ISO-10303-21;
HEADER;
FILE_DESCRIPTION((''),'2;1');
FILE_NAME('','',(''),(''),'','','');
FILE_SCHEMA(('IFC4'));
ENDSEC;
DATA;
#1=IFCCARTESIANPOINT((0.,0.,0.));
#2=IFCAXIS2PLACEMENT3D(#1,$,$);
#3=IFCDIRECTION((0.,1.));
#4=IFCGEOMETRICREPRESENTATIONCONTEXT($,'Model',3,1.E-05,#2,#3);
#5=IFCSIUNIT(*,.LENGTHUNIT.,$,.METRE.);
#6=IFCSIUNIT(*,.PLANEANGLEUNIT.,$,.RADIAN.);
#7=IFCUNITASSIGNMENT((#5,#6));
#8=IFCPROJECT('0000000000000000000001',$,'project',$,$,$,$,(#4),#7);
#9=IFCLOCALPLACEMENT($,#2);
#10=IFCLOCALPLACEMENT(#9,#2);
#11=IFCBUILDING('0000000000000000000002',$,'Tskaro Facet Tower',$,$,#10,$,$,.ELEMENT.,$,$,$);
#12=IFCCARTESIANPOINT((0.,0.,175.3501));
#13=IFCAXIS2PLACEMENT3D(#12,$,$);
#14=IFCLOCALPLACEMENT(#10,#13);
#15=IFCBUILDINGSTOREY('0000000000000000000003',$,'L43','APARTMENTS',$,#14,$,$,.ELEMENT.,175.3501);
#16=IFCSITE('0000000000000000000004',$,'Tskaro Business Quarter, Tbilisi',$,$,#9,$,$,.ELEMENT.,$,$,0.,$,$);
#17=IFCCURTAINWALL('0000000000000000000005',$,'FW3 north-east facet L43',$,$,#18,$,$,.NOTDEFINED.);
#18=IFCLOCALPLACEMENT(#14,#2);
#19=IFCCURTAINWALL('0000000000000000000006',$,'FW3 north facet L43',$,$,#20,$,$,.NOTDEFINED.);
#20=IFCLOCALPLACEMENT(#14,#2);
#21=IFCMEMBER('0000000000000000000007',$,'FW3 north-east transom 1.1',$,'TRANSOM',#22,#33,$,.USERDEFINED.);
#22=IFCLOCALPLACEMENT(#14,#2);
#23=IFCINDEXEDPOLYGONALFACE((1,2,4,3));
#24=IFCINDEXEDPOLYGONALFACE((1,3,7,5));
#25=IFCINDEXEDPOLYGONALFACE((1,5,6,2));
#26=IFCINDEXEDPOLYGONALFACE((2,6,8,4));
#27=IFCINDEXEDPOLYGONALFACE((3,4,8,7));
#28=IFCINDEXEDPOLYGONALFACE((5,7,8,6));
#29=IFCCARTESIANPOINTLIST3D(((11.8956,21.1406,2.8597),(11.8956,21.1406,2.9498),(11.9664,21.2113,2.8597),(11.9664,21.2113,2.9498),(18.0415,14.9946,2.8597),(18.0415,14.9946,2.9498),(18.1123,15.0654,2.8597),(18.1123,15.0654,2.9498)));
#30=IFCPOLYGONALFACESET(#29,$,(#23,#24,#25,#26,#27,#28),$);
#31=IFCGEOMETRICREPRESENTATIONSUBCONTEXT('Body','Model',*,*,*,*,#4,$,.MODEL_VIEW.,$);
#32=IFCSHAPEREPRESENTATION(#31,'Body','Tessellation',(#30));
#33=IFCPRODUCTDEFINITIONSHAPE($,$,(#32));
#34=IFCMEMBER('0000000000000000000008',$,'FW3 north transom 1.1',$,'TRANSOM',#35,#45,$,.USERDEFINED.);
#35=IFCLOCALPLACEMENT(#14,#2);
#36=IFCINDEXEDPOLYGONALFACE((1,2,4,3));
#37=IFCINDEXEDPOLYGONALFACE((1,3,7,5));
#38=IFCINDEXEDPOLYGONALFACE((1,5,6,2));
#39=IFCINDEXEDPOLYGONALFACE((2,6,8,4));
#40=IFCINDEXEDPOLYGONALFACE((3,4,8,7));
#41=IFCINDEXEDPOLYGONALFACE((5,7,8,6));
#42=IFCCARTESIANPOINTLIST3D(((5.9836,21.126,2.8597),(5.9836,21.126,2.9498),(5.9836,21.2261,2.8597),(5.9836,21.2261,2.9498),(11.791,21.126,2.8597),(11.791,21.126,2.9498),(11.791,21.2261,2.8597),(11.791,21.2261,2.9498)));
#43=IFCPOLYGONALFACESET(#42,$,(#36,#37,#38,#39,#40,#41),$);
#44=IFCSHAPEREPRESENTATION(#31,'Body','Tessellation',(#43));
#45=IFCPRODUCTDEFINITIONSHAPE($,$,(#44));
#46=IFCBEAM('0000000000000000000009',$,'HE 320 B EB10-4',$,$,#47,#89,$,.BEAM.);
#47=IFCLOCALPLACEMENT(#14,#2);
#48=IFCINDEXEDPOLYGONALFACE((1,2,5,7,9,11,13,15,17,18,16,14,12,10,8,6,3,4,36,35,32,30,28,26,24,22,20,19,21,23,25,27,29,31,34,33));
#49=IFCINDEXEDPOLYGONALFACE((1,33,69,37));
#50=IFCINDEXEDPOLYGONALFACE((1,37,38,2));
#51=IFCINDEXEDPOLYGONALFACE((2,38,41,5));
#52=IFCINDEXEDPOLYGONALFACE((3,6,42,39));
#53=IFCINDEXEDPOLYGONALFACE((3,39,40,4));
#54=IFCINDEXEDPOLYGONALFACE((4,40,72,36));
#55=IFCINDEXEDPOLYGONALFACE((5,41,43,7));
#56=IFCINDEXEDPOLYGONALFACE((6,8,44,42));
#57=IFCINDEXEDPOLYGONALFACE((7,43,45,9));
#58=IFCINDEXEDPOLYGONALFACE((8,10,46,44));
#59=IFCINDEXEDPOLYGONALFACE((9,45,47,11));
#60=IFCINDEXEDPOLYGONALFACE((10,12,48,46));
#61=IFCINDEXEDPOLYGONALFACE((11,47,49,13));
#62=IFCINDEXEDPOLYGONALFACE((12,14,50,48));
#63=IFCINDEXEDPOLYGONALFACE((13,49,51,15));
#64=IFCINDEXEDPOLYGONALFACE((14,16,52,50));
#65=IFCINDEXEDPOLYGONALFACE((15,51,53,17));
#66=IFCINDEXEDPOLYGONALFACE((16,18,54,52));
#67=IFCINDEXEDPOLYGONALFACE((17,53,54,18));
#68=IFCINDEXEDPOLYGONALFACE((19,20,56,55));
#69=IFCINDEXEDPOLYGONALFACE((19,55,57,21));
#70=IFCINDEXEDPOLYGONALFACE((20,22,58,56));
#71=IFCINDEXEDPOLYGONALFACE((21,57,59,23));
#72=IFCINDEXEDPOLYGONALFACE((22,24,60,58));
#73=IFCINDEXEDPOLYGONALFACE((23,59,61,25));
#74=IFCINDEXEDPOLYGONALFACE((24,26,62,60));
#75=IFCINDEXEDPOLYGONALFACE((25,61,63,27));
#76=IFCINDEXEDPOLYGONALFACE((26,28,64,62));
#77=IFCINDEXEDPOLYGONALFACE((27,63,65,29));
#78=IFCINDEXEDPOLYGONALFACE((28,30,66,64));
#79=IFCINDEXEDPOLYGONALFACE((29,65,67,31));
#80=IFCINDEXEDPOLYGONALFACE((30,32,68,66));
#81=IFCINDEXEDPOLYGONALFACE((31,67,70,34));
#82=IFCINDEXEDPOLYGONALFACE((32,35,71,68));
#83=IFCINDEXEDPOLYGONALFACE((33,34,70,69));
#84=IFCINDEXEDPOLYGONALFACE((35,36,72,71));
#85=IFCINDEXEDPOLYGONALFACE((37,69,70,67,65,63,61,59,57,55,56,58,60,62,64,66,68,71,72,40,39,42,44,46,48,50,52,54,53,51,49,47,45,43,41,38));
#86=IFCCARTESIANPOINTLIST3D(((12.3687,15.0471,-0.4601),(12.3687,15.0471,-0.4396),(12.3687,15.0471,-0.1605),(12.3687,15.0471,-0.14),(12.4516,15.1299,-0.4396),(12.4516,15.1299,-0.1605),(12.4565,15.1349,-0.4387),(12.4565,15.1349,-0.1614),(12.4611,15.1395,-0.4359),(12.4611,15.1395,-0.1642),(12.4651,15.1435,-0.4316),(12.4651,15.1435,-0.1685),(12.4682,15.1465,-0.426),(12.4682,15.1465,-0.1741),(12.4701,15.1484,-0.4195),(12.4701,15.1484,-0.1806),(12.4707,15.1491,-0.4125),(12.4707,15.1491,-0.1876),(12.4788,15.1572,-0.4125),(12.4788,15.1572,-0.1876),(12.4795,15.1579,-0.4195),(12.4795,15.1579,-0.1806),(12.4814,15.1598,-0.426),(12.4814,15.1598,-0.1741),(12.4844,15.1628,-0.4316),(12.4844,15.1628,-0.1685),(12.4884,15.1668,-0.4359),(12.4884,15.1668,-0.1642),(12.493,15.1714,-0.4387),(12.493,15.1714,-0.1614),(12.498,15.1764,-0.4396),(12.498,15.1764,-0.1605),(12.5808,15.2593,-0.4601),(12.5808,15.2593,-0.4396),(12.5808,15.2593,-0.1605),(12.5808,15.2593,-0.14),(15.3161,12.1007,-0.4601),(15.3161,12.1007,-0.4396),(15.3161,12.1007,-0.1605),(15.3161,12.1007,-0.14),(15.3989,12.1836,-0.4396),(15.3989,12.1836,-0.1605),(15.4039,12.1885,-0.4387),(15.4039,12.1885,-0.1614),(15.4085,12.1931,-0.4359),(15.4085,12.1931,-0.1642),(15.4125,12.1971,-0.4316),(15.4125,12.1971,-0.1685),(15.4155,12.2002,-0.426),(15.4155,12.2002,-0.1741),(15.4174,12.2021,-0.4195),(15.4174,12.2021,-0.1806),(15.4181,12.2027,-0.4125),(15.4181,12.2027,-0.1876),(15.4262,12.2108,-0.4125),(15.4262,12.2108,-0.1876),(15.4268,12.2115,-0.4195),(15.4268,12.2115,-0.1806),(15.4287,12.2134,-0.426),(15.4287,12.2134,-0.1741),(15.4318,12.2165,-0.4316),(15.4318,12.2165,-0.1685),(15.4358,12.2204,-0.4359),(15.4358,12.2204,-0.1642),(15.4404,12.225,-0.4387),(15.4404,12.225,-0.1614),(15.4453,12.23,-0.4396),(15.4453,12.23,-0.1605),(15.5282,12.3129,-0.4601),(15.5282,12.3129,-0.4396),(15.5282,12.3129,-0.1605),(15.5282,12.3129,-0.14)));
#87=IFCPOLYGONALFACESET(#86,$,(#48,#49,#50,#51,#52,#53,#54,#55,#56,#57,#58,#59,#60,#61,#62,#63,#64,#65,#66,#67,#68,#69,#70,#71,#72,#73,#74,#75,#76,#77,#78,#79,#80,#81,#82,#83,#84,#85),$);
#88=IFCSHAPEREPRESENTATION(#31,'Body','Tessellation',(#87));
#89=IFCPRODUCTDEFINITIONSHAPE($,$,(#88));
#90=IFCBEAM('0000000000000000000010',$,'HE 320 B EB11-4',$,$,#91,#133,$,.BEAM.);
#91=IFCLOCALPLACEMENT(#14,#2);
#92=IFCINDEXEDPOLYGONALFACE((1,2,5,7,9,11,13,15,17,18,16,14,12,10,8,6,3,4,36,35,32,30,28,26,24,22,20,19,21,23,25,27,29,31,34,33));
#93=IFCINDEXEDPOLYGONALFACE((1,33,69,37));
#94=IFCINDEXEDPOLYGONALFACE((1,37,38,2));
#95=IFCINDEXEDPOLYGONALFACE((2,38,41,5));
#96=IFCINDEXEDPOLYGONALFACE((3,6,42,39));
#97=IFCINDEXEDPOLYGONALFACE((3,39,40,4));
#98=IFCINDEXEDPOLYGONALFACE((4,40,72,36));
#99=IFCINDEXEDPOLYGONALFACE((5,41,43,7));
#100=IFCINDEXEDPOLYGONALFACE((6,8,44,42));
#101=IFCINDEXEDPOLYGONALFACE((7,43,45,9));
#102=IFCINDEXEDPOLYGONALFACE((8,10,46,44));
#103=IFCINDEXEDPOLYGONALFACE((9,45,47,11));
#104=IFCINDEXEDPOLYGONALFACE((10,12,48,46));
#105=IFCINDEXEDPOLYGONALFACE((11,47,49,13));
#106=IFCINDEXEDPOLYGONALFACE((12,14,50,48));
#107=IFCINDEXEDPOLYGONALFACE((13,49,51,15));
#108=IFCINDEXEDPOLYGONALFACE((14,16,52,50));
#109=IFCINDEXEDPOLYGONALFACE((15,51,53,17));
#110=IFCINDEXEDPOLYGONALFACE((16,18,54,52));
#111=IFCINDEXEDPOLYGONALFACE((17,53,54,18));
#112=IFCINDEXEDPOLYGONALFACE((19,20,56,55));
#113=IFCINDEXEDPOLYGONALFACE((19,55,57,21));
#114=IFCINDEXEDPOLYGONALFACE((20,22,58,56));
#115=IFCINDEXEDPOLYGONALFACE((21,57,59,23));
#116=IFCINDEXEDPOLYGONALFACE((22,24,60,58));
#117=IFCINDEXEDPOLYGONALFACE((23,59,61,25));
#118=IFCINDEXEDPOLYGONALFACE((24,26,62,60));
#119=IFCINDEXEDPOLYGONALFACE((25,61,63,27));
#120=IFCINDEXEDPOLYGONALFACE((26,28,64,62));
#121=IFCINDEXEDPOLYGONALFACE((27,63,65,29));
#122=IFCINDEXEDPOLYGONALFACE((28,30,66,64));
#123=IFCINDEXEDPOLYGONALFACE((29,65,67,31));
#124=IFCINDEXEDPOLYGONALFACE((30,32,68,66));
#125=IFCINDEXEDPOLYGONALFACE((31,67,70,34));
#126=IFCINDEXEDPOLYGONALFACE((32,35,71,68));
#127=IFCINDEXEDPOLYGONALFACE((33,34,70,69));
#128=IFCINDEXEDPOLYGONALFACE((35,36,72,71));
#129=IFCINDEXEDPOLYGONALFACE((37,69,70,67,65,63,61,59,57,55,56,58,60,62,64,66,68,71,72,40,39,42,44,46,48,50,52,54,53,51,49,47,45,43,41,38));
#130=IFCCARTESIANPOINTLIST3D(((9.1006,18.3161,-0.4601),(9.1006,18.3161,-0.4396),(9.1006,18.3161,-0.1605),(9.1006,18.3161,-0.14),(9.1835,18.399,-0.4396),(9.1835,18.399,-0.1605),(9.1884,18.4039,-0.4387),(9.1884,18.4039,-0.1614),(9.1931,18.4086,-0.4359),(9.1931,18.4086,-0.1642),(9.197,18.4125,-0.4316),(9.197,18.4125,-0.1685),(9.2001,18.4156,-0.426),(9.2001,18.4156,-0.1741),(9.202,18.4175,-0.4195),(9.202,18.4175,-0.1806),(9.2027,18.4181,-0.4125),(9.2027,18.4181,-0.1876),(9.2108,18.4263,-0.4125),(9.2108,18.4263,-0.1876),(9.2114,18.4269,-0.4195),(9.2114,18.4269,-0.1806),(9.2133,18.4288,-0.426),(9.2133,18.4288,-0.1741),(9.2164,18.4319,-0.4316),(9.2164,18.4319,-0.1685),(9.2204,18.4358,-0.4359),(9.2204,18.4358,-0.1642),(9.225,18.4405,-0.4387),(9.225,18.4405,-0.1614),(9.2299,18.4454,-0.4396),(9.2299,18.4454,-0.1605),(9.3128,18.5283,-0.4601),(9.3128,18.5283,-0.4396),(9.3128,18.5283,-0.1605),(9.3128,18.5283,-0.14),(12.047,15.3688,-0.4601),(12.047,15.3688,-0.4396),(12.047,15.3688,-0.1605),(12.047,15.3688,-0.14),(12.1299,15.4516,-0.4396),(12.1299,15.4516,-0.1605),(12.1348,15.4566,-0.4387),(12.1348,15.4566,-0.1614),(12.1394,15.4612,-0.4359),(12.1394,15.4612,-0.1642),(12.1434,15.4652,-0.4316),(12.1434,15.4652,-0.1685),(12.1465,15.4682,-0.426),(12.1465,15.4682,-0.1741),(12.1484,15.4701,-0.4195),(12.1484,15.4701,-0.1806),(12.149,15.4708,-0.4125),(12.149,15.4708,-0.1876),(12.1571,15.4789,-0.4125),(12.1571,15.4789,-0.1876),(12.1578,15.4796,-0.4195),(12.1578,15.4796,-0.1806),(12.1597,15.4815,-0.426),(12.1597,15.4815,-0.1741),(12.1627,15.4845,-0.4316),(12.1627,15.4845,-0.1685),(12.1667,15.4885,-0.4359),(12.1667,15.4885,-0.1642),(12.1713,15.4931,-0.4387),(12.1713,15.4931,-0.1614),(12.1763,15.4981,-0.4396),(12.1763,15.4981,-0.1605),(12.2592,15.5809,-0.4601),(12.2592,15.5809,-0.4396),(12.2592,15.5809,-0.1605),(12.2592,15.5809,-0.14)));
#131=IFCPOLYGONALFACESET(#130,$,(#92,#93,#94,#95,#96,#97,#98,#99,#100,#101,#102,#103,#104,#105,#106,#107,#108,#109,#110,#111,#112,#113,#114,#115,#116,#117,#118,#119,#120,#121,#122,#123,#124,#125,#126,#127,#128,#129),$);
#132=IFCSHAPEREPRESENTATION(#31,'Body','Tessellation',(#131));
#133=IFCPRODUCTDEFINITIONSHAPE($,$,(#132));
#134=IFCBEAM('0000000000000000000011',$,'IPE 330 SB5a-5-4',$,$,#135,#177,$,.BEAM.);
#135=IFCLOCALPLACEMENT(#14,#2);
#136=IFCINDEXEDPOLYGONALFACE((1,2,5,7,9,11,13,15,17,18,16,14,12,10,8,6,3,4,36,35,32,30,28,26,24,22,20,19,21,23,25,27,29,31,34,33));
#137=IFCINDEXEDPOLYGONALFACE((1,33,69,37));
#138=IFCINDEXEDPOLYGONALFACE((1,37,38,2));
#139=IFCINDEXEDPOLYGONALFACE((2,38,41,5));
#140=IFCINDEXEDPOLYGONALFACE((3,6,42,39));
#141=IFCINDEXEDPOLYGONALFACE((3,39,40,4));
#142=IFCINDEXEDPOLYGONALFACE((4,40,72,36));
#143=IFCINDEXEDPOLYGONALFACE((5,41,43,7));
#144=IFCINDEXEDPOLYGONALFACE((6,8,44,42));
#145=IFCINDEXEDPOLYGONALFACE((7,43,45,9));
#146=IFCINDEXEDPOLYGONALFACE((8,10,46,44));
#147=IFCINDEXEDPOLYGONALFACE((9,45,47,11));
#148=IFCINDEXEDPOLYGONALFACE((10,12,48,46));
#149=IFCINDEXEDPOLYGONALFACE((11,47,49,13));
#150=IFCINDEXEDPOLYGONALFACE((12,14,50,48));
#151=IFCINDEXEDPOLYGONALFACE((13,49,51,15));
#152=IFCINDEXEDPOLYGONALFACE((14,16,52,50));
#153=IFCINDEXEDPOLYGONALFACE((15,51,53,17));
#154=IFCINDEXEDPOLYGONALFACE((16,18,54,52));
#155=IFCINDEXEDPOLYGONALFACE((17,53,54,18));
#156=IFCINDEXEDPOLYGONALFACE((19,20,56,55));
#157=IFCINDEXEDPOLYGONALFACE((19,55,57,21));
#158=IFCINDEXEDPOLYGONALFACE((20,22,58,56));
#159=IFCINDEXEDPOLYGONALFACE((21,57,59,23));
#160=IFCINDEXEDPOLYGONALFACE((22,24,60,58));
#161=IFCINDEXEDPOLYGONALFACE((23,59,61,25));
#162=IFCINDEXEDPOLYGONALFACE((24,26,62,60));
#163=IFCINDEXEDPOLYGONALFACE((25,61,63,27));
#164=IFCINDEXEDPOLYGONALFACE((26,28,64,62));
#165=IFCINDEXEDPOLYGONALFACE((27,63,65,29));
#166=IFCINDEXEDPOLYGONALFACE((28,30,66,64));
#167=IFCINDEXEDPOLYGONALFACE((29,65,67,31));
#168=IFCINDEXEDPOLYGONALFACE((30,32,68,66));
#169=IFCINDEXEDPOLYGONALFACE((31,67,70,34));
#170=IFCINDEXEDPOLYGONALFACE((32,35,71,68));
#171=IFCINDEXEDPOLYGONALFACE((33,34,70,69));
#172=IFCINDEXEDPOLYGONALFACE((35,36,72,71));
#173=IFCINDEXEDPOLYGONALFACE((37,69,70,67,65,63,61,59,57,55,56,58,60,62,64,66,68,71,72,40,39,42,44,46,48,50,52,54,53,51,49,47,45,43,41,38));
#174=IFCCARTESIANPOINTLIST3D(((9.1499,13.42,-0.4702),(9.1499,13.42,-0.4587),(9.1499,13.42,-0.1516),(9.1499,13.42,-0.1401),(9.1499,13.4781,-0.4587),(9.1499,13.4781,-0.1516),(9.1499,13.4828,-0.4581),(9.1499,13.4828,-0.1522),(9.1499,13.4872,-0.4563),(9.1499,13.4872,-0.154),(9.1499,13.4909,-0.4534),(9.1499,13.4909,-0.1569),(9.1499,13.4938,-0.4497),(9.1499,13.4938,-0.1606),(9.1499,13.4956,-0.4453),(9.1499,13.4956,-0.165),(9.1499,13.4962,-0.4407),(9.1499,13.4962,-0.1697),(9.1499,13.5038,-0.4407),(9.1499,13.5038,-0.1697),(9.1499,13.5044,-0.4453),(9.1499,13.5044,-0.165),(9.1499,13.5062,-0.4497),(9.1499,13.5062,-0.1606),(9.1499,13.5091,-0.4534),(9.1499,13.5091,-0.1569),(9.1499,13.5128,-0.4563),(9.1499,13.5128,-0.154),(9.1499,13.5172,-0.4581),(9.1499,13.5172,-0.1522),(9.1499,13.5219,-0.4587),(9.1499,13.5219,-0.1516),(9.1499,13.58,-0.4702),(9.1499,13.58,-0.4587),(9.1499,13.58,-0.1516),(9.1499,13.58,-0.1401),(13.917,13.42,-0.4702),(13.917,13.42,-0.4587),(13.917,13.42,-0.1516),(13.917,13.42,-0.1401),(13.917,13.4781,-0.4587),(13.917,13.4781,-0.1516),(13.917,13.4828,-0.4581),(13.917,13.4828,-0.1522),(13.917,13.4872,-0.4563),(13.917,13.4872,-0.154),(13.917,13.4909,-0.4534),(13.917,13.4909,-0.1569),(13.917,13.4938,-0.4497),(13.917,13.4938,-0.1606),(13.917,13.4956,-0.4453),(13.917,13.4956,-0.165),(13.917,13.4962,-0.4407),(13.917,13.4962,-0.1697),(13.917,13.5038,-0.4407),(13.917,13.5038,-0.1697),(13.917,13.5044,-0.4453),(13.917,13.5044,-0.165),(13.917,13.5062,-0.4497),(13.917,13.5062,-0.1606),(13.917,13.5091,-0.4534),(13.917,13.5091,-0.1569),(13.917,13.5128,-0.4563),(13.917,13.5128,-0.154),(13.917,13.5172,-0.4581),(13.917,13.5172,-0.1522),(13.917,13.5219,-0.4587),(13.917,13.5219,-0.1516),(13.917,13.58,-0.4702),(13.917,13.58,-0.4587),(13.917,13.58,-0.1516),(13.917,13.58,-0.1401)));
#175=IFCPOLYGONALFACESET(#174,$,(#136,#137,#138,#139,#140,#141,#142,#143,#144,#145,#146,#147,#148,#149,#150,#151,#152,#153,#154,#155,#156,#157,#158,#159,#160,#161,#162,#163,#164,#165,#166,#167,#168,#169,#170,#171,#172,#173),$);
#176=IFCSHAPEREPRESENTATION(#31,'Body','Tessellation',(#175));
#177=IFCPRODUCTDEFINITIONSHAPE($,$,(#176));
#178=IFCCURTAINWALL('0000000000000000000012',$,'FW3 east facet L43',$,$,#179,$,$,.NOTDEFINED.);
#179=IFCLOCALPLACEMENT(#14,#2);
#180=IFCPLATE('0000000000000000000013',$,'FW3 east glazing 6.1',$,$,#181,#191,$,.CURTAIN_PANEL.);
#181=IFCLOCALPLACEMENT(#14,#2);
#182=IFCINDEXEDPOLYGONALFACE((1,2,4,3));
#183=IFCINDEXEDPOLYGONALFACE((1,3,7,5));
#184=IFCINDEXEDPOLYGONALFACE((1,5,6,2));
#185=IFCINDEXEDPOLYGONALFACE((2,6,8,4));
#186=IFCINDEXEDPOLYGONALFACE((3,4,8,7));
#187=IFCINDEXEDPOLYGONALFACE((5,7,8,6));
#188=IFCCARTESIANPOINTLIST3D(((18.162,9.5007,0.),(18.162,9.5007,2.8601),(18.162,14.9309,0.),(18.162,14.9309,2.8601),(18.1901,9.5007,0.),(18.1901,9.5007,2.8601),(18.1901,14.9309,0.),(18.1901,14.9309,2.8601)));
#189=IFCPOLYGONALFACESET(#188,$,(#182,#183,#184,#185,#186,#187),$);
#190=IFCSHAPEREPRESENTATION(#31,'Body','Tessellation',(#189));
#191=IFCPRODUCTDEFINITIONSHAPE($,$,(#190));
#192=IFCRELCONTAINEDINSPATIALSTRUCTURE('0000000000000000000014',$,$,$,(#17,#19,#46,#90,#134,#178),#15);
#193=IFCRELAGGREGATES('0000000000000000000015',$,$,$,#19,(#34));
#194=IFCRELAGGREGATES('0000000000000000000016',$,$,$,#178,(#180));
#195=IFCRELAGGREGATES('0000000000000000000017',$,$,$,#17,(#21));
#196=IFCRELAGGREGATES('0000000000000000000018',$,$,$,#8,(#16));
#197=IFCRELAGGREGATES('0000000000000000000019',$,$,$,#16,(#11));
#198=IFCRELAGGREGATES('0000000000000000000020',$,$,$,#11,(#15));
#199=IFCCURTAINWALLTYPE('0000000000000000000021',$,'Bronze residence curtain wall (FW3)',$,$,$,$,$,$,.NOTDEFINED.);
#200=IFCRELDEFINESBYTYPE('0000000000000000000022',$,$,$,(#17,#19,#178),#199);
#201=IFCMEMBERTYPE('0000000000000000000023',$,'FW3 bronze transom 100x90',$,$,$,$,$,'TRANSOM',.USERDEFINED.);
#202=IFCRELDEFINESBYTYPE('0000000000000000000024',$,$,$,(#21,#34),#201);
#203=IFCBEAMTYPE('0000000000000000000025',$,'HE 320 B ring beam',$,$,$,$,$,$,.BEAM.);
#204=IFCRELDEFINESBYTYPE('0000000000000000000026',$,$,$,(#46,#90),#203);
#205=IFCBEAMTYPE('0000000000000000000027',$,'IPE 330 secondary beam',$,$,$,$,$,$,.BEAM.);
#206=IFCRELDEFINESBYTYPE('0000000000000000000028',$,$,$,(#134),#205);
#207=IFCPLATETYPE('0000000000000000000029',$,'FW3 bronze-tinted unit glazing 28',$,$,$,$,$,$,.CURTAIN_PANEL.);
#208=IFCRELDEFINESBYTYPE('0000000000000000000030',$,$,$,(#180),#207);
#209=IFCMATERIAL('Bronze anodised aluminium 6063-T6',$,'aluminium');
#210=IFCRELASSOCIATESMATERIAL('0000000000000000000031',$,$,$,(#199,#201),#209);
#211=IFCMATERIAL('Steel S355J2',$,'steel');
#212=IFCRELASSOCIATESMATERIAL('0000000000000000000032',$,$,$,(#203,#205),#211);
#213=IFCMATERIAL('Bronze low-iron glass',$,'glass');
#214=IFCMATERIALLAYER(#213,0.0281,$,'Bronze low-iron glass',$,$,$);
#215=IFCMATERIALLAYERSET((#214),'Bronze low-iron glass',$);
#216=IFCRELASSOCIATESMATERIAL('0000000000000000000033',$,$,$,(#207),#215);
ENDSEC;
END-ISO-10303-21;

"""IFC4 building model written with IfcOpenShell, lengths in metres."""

from ifc_helpers import new_model, si_unit, direction, frame, origin, origin_2d, place, context, subcontext, project, spatial, rectangle, i_section, extrude, material, layer, layer_set, material_profile, profile_set, type_object, element, aggregate, save


model = new_model("IFC4")

# Units and contexts
model_context = context("Model", 3, precision=1e-05, world=origin(), true_north=direction((0.0, 1.0)))
body_context = subcontext(model_context, "Body", "Model", "MODEL_VIEW")
ifc_project = project(units=[si_unit("LENGTHUNIT", "METRE"), si_unit("PLANEANGLEUNIT", "RADIAN")], contexts=[model_context])

# Site, building, storey
site_placement = place(None, origin())
site = spatial("IfcSite", under=ifc_project, at=site_placement, Name="Tskaro Business Quarter, Tbilisi", CompositionType="ELEMENT", RefElevation=0.0)
building_placement = place(site_placement, origin())
building = spatial("IfcBuilding", under=site, at=building_placement, Name="Tskaro Facet Tower", CompositionType="ELEMENT")
storey_placement = place(building_placement, frame((0.0, 0.0, 175.3501)))
storey = spatial("IfcBuildingStorey", under=building, at=storey_placement, Name="L43", Description="APARTMENTS", CompositionType="ELEMENT", Elevation=175.3501)

# Curtain walls
ifc_material_1 = material(Name="Bronze anodised aluminium 6063-T6", Category="aluminium")
curtain_wall_type = type_object("IfcCurtainWallType", Name="Bronze residence curtain wall (FW3)", PredefinedType="NOTDEFINED", material=ifc_material_1)
curtain_wall_1_placement = place(storey_placement, origin())
curtain_wall_1 = element("IfcCurtainWall", 1, at=curtain_wall_1_placement, inside=storey, type_object=curtain_wall_type, Name="FW3 north-east facet L43", PredefinedType="NOTDEFINED")
curtain_wall_2_placement = place(storey_placement, origin())
curtain_wall_2 = element("IfcCurtainWall", 2, at=curtain_wall_2_placement, inside=storey, type_object=curtain_wall_type, Name="FW3 north facet L43", PredefinedType="NOTDEFINED")

# Members
ifc_material_profile_1 = material_profile(ifc_material_1, rectangle(XDim=0.1001, YDim=0.0901, at=origin_2d()), Name="Transom 100x90")
ifc_profile_set_1 = profile_set([ifc_material_profile_1], Name="Bronze anodised aluminium 6063-T6")
member_type_1 = type_object("IfcMemberType", Name="FW3 bronze transom 100x90", ElementType="TRANSOM", PredefinedType="USERDEFINED", material=ifc_profile_set_1)
member_1_placement = place(storey_placement, frame((18.0769, 15.03, 2.9048), z_axis=(-0.707107, 0.707107, 0.0), x_axis=(-0.707107, -0.707107, 0.0)))
member_1 = element("IfcMember", 3, at=member_1_placement, type_object=member_type_1, Name="FW3 north-east transom 1.1", ObjectType="TRANSOM", PredefinedType="USERDEFINED", context=body_context, shape_type="SweptSolid", body=[
    extrude(rectangle(XDim=0.1001, YDim=0.0901, at=origin_2d()), origin(), (0.0, 0.0, 1.0), 8.6917),
])
member_2_placement = place(storey_placement, frame((11.791, 21.176, 2.9048), z_axis=(-1.0, 0.0, 0.0), x_axis=(0.0, -1.0, 0.0)))
member_2 = element("IfcMember", 4, at=member_2_placement, type_object=member_type_1, Name="FW3 north transom 1.1", ObjectType="TRANSOM", PredefinedType="USERDEFINED", context=body_context, shape_type="SweptSolid", body=[
    extrude(rectangle(XDim=0.1001, YDim=0.0901, at=origin_2d()), origin(), (0.0, 0.0, 1.0), 5.8074),
])
aggregate(curtain_wall_2, [member_2])

# Beams
ifc_material_2 = material(Name="Steel S355J2", Category="steel")
ifc_material_profile_2 = material_profile(ifc_material_2, i_section(OverallWidth=0.3, OverallDepth=0.3201, WebThickness=0.0115, FlangeThickness=0.0205, FilletRadius=0.0271, at=origin_2d()), Name="HE 320 B")
ifc_profile_set_2 = profile_set([ifc_material_profile_2], Name="Steel S355J2")
beam_type_1 = type_object("IfcBeamType", Name="HE 320 B ring beam", PredefinedType="BEAM", material=ifc_profile_set_2)
for number, where, z_axis, x_axis, name in (
    (5, (15.4221, 12.2068, -0.3), (-0.707224, 0.70699, 0.0), (-0.70699, -0.707224, 0.0), "HE 320 B EB10-4"),
    (6, (12.1531, 15.4749, -0.3), (-0.70699, 0.707224, 0.0), (-0.707224, -0.70699, 0.0), "HE 320 B EB11-4"),
):
    element("IfcBeam", number, at=place(storey_placement, frame(where, z_axis=z_axis, x_axis=x_axis)), inside=storey, type_object=beam_type_1, Name=name, PredefinedType="BEAM", context=body_context, shape_type="SweptSolid", body=[
        extrude(i_section(OverallWidth=0.3, OverallDepth=0.3201, WebThickness=0.0115, FlangeThickness=0.0205, FilletRadius=0.0271, at=origin_2d()), origin(), (0.0, 0.0, 1.0), 4.1675),
    ])
ifc_material_profile_3 = material_profile(ifc_material_2, i_section(OverallWidth=0.1599, OverallDepth=0.3301, WebThickness=0.0076, FlangeThickness=0.0115, FilletRadius=0.0181, at=origin_2d()), Name="IPE 330")
ifc_profile_set_3 = profile_set([ifc_material_profile_3], Name="Steel S355J2")
beam_type_2 = type_object("IfcBeamType", Name="IPE 330 secondary beam", PredefinedType="BEAM", material=ifc_profile_set_3)
beam_placement = place(storey_placement, frame((9.1499, 13.5, -0.3052), z_axis=(1.0, 0.0, 0.0), x_axis=(0.0, 1.0, 0.0)))
element("IfcBeam", 7, at=beam_placement, inside=storey, type_object=beam_type_2, Name="IPE 330 SB5a-5-4", PredefinedType="BEAM", context=body_context, shape_type="SweptSolid", body=[
    extrude(i_section(OverallWidth=0.1599, OverallDepth=0.3301, WebThickness=0.0076, FlangeThickness=0.0115, FilletRadius=0.0181, at=origin_2d()), origin(), (0.0, 0.0, 1.0), 4.7671),
])

# Curtain wall, plate
curtain_wall_3_placement = place(storey_placement, origin())
curtain_wall_3 = element("IfcCurtainWall", 8, at=curtain_wall_3_placement, inside=storey, type_object=curtain_wall_type, Name="FW3 east facet L43", PredefinedType="NOTDEFINED")
ifc_material_3 = material(Name="Bronze low-iron glass", Category="glass")
ifc_layer_1 = layer(ifc_material_3, 0.0281, Name="Bronze low-iron glass")
ifc_layer_set_1 = layer_set([ifc_layer_1], Name="Bronze low-iron glass")
plate_type = type_object("IfcPlateType", Name="FW3 bronze-tinted unit glazing 28", PredefinedType="CURTAIN_PANEL", material=ifc_layer_set_1)
plate_1_placement = place(storey_placement, frame((18.176, 12.2158, 0.0), z_axis=(0.0, 0.0, 1.0), x_axis=(0.0, 1.0, 0.0)))
plate_1 = element("IfcPlate", 9, at=plate_1_placement, type_object=plate_type, Name="FW3 east glazing 6.1", PredefinedType="CURTAIN_PANEL", context=body_context, shape_type="SweptSolid", body=[
    extrude(rectangle(XDim=5.4302, YDim=0.0281, at=origin_2d()), origin(), (0.0, 0.0, 1.0), 2.8601),
])
aggregate(curtain_wall_3, [plate_1])

aggregate(curtain_wall_1, [member_1])

save(model, "model.ifc")
